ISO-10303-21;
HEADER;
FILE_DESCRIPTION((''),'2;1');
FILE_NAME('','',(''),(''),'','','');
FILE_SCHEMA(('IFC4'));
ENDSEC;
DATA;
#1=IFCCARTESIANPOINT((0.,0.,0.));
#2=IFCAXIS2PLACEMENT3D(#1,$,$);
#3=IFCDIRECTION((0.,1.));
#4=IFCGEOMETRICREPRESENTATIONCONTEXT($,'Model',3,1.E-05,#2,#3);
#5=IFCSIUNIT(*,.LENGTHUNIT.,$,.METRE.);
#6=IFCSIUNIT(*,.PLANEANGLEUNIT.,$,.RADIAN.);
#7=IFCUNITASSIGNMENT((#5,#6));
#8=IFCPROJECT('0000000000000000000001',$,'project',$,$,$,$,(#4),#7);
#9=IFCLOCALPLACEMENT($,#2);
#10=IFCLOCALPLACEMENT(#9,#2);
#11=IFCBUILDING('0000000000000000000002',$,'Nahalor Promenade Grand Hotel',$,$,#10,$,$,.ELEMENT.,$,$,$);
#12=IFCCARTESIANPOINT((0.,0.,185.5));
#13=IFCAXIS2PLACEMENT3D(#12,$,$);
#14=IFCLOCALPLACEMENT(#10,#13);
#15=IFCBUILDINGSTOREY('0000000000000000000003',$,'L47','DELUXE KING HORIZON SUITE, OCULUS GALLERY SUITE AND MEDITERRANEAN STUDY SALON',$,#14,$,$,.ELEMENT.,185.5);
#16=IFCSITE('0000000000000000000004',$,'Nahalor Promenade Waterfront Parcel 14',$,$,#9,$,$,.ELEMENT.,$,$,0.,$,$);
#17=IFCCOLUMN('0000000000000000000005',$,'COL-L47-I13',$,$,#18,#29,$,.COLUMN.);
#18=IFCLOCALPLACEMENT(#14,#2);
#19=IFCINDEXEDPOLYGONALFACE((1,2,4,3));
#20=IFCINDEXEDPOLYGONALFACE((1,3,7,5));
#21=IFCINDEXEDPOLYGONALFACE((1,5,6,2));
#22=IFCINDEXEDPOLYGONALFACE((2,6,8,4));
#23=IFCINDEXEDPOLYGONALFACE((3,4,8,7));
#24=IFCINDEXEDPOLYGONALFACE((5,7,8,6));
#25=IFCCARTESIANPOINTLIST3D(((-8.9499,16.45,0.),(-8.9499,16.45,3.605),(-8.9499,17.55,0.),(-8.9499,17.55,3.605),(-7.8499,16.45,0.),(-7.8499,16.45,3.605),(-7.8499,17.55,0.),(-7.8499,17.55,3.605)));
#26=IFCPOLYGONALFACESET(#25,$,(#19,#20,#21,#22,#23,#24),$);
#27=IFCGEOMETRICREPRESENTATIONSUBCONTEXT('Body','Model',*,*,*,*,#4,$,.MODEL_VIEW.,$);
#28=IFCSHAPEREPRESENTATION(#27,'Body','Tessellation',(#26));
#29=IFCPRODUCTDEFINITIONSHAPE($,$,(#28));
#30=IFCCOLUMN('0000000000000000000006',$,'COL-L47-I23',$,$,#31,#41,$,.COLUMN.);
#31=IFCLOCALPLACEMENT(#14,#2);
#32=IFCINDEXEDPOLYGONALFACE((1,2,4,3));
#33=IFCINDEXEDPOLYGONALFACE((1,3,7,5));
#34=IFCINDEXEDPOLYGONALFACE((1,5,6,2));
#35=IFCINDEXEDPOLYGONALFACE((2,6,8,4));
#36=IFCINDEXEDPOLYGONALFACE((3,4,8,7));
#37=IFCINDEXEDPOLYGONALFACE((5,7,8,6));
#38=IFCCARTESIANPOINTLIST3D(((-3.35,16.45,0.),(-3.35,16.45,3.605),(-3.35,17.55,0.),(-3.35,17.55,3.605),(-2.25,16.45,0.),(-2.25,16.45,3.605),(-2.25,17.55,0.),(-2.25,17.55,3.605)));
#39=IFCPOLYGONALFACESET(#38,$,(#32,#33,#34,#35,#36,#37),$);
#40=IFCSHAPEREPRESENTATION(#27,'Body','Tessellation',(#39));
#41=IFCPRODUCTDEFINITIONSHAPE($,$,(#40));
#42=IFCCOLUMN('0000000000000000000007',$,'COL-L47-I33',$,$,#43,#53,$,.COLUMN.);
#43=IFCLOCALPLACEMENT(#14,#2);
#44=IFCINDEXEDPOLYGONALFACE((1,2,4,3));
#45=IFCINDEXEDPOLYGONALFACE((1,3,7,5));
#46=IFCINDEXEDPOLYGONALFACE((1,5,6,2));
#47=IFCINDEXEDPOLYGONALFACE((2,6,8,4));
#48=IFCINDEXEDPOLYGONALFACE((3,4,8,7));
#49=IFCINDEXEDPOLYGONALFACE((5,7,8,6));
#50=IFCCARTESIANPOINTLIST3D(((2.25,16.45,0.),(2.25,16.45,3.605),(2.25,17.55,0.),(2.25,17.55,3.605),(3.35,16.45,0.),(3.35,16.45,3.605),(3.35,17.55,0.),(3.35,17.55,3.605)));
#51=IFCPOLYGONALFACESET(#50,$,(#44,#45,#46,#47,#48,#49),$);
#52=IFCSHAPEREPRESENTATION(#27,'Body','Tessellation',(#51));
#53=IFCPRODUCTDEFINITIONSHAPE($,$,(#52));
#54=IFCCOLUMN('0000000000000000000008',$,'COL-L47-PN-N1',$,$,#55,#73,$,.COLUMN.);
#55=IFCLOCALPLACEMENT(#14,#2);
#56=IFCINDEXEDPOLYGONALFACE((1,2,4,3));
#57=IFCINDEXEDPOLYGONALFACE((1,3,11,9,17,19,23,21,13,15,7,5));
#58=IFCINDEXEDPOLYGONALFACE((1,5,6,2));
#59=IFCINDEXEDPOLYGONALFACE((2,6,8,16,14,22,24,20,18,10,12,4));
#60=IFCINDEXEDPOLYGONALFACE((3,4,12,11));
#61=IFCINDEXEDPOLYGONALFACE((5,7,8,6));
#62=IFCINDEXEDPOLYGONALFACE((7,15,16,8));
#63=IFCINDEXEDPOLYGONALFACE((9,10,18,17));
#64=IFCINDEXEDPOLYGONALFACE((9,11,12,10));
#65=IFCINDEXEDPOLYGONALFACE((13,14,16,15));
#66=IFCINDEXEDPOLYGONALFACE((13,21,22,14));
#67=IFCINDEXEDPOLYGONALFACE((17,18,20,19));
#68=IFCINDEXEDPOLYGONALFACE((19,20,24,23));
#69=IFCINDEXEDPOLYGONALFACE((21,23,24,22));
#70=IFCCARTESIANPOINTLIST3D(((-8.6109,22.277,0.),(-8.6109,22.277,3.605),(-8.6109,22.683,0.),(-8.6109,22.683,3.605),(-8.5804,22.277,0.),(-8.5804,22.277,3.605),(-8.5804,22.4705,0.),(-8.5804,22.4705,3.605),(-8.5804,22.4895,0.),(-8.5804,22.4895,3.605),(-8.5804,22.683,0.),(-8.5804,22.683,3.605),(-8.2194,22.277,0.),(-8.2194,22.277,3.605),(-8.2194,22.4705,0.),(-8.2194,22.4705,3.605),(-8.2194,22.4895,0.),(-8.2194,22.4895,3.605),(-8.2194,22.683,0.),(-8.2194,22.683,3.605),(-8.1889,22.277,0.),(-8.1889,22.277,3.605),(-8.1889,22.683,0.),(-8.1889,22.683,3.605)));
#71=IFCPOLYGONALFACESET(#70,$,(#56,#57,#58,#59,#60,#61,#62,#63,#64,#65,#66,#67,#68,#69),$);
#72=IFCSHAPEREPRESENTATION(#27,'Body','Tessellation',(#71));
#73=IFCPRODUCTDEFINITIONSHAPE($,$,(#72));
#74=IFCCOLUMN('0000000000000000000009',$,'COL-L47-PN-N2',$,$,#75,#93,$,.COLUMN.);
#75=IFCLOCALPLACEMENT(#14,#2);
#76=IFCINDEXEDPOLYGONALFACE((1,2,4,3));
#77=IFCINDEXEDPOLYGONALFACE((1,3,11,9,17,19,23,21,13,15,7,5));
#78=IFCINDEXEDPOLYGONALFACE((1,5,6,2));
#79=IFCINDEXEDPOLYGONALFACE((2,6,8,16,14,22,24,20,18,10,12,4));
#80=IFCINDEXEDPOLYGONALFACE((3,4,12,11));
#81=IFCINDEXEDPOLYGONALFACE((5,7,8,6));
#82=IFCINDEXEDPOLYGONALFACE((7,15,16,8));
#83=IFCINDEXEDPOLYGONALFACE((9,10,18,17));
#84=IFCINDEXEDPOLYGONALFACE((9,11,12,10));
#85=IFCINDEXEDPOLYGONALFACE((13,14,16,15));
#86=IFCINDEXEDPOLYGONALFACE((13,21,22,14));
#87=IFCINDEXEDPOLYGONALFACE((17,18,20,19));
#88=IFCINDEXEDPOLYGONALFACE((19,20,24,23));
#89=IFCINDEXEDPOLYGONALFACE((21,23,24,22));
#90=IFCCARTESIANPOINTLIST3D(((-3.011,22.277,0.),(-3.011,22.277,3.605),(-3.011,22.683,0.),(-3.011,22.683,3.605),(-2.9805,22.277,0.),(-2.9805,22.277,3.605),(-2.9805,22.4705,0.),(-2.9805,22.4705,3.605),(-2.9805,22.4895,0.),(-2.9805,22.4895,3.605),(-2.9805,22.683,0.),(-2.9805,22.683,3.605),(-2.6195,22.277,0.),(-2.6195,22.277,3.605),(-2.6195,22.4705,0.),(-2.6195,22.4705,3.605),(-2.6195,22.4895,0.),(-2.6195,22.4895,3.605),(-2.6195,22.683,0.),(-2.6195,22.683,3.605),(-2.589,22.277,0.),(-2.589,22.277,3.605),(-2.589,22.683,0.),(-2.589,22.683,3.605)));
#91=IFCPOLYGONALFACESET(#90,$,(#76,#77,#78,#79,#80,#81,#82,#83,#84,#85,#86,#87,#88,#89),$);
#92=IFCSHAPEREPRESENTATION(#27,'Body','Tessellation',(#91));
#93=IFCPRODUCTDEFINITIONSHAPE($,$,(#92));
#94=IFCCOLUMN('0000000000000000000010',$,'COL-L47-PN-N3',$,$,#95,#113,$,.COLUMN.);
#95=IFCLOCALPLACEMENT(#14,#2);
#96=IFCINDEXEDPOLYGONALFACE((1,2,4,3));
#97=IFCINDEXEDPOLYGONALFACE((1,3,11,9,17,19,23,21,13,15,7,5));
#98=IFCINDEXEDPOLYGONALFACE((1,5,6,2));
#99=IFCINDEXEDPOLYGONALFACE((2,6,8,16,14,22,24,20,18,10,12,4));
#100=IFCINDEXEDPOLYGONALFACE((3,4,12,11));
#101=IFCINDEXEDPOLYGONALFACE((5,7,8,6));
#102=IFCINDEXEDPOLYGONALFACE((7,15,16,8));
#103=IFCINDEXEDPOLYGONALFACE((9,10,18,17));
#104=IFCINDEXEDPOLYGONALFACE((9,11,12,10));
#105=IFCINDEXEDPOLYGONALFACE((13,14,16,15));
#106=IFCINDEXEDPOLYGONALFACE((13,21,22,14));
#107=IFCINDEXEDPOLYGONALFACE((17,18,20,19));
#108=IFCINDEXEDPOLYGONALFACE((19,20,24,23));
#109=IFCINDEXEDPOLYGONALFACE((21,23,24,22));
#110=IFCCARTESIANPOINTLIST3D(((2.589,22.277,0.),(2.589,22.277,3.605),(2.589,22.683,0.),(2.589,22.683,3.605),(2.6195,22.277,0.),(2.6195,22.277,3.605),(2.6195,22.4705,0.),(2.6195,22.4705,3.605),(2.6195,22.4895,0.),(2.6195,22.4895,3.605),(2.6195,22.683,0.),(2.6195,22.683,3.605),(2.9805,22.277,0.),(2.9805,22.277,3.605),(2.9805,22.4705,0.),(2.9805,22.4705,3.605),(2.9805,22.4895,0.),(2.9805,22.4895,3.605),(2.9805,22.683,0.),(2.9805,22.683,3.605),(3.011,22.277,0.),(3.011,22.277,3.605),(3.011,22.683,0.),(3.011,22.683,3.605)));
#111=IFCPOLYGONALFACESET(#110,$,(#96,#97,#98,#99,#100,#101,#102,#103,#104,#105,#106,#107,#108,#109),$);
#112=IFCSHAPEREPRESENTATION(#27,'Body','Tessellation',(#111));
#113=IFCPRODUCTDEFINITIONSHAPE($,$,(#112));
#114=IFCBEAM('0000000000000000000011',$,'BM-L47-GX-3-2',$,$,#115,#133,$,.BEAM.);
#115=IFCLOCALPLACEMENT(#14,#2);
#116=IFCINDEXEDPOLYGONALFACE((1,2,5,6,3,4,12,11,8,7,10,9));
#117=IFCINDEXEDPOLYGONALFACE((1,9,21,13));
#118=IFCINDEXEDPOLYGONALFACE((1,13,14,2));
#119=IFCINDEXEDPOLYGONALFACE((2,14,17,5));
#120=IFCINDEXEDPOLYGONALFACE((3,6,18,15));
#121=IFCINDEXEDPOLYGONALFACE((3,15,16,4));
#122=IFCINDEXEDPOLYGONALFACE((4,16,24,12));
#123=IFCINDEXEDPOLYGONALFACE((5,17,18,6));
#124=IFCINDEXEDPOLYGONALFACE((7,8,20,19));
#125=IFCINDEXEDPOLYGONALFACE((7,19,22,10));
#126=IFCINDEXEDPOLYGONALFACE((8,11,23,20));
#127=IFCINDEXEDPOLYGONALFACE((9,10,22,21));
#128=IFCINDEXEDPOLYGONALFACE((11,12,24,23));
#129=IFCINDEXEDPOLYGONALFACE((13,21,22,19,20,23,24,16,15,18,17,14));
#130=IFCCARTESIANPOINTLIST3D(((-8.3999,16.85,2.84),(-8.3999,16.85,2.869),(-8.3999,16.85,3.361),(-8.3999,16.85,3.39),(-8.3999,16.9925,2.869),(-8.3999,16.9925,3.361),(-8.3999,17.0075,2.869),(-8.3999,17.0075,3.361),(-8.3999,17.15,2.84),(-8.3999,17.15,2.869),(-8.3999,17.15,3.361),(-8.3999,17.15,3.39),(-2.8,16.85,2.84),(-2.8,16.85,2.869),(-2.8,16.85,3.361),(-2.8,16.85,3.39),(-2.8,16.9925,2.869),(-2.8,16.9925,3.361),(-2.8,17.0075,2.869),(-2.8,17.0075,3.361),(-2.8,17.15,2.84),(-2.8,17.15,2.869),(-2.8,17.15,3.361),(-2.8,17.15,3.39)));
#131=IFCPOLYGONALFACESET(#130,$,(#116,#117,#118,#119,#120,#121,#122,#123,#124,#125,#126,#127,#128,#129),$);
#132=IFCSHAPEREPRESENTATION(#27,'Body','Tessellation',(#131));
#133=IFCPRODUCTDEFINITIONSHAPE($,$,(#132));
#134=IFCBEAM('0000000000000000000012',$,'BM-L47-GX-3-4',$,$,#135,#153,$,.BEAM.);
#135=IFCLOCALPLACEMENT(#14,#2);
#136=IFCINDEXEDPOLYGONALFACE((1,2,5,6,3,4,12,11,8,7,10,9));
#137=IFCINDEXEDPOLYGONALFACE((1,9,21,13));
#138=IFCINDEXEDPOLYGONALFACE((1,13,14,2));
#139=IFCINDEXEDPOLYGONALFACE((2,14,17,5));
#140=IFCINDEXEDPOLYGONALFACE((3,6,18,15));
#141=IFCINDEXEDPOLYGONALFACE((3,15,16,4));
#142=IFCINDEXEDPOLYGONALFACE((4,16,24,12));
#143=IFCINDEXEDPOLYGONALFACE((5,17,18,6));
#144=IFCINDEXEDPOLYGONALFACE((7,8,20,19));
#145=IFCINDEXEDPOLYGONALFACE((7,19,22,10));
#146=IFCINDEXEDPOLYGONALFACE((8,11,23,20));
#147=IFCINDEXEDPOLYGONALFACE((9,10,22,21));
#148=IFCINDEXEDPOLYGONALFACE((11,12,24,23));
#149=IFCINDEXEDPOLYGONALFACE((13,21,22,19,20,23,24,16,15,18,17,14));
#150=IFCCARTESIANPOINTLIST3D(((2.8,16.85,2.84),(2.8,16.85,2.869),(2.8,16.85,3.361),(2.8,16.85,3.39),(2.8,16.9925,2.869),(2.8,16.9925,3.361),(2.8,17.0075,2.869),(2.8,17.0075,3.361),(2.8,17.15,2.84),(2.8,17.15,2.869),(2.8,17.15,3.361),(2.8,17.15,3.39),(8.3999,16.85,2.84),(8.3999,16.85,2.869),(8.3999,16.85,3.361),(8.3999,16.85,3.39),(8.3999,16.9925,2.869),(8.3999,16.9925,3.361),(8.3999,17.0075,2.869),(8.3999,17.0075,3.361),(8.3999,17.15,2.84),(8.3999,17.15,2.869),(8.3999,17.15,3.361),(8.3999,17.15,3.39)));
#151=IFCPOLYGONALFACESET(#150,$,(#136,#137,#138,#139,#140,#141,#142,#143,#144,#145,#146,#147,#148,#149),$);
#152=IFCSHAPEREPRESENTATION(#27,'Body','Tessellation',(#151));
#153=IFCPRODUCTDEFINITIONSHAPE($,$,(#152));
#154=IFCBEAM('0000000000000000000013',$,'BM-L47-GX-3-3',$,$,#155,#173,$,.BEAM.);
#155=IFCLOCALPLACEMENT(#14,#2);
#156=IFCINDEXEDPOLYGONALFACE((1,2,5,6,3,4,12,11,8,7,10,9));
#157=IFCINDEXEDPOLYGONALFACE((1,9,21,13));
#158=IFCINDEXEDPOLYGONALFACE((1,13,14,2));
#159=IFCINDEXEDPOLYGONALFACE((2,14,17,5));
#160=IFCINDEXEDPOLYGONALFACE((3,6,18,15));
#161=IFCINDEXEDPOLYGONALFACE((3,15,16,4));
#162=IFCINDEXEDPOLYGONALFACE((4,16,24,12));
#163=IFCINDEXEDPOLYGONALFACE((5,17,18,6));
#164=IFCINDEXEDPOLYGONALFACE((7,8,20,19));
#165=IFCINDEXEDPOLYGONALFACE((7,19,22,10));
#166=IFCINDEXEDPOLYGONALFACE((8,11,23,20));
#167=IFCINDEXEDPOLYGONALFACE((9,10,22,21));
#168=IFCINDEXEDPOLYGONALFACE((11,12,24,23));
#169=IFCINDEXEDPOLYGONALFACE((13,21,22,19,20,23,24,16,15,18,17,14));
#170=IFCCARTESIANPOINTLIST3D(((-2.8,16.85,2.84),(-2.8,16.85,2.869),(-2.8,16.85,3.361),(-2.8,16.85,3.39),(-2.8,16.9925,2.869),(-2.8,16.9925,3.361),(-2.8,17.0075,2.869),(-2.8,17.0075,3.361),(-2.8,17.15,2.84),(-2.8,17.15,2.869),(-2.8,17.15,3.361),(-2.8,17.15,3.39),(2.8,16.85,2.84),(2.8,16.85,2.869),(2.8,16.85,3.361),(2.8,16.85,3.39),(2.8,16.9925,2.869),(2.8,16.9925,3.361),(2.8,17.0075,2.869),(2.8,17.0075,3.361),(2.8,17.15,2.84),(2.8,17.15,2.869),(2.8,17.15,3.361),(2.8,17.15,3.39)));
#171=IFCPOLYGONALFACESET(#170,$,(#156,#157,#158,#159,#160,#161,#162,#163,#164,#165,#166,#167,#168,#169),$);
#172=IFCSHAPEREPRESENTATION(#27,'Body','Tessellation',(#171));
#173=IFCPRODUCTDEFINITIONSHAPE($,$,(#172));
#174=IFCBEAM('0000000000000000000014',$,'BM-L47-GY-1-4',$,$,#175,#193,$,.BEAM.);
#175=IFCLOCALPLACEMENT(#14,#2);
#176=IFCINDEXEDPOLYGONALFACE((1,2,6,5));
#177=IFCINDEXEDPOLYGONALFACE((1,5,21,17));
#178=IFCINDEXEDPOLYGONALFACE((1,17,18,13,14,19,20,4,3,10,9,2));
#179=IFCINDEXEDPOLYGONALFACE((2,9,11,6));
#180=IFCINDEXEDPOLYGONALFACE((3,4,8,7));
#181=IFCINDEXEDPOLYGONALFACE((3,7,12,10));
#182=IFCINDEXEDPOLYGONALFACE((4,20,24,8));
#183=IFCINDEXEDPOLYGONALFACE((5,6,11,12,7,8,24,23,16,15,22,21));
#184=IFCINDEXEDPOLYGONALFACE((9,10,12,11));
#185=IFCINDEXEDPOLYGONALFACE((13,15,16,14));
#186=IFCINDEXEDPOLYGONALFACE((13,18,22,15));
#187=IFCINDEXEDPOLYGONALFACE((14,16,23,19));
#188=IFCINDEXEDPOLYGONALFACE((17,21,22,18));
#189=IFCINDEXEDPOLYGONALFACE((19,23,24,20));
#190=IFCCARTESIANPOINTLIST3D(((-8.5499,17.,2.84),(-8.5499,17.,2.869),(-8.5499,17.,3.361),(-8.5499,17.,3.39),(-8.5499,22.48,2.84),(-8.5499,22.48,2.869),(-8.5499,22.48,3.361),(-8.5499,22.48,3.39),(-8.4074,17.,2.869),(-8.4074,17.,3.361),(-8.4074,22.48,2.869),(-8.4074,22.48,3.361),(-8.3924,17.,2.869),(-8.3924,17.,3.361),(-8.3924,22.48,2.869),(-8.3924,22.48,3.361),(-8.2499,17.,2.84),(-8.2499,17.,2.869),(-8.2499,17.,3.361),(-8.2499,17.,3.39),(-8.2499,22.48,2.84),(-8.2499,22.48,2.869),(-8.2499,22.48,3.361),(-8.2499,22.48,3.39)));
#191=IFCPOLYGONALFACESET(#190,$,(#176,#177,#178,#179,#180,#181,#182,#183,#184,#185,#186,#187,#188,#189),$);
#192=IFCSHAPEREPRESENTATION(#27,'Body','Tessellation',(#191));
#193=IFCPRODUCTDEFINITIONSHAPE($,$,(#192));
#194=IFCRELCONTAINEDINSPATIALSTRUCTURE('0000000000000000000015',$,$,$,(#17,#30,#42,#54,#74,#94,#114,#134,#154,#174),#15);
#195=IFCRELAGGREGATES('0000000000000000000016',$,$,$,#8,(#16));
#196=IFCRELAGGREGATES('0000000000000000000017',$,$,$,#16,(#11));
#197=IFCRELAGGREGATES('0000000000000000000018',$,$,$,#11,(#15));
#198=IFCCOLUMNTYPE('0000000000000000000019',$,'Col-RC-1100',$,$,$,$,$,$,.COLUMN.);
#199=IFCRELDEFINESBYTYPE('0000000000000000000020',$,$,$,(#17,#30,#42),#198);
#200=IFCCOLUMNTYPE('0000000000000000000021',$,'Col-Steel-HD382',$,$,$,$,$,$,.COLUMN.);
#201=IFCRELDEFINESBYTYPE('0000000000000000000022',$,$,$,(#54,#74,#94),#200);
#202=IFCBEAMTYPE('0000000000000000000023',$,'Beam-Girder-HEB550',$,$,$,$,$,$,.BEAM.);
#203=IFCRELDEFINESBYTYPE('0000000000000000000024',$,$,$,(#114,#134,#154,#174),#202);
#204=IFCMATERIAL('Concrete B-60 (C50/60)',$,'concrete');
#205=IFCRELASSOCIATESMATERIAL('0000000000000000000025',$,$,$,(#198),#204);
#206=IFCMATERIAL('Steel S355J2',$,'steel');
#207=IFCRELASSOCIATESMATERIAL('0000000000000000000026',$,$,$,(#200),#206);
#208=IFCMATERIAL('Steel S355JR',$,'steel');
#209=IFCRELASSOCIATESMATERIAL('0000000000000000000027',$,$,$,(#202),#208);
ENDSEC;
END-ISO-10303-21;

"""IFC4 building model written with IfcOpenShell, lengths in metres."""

from ifc_helpers import new_model, si_unit, direction, frame, origin, origin_2d, place, context, subcontext, project, spatial, rectangle, i_section, extrude, source, transform, mapped, material, material_profile, profile_set, type_object, element, save


model = new_model("IFC4")

# Units and contexts
model_context = context("Model", 3, precision=1e-05, world=origin(), true_north=direction((0.0, 1.0)))
body_context = subcontext(model_context, "Body", "Model", "MODEL_VIEW")
ifc_project = project(units=[si_unit("LENGTHUNIT", "METRE"), si_unit("PLANEANGLEUNIT", "RADIAN")], contexts=[model_context])

# Site, building, storey
site_placement = place(None, origin())
site = spatial("IfcSite", under=ifc_project, at=site_placement, Name="Nahalor Promenade Waterfront Parcel 14", CompositionType="ELEMENT", RefElevation=0.0)
building_placement = place(site_placement, origin())
building = spatial("IfcBuilding", under=site, at=building_placement, Name="Nahalor Promenade Grand Hotel", CompositionType="ELEMENT")
storey_placement = place(building_placement, frame((0.0, 0.0, 185.5)))
storey = spatial("IfcBuildingStorey", under=building, at=storey_placement, Name="L47", Description="DELUXE KING HORIZON SUITE, OCULUS GALLERY SUITE AND MEDITERRANEAN STUDY SALON", CompositionType="ELEMENT", Elevation=185.5)

# Columns
ifc_material_1 = material(Name="Concrete B-60 (C50/60)", Category="concrete")
ifc_material_profile_1 = material_profile(ifc_material_1, rectangle(XDim=1.1, YDim=1.1, at=origin_2d()), Name="RC 1100x1100")
ifc_profile_set_1 = profile_set([ifc_material_profile_1], Name="Concrete B-60 (C50/60)")
column_type_1 = type_object("IfcColumnType", Name="Col-RC-1100", PredefinedType="COLUMN", material=ifc_profile_set_1)
shared_shape_1 = source(origin(), body_context, "Body", "SweptSolid", [
    extrude(rectangle(XDim=1.1, YDim=1.1, at=origin_2d()), origin(), (0.0, 0.0, 1.0), 3.605),
])
for number, where, z_axis, x_axis, name in (
    (1, (-8.3999, 17.0, 0.0), (0.0, 0.0, 1.0), (1.0, 0.0, 0.0), "COL-L47-I13"),
    (2, (-2.8, 17.0, 0.0), (0.0, 0.0, 1.0), (1.0, 0.0, 0.0), "COL-L47-I23"),
    (3, (2.8, 17.0, 0.0), (0.0, 0.0, 1.0), (1.0, 0.0, 0.0), "COL-L47-I33"),
):
    element("IfcColumn", number, at=place(storey_placement, frame(where, z_axis=z_axis, x_axis=x_axis)), inside=storey, type_object=column_type_1, Name=name, PredefinedType="COLUMN", context=body_context, shape_type="MappedRepresentation", body=[
        mapped(shared_shape_1, transform((0.0, 0.0, 0.0), scale=1.0)),
    ])
ifc_material_2 = material(Name="Steel S355J2", Category="steel")
ifc_material_profile_2 = material_profile(ifc_material_2, i_section(OverallWidth=0.406, OverallDepth=0.422, WebThickness=0.019, FlangeThickness=0.0305, at=origin_2d()), Name="HD 400x382")
ifc_profile_set_2 = profile_set([ifc_material_profile_2], Name="Steel S355J2")
column_type_2 = type_object("IfcColumnType", Name="Col-Steel-HD382", PredefinedType="COLUMN", material=ifc_profile_set_2)
shared_shape_2 = source(origin(), body_context, "Body", "SweptSolid", [
    extrude(i_section(OverallWidth=0.406, OverallDepth=0.422, WebThickness=0.019, FlangeThickness=0.0305, at=origin_2d()), origin(), (0.0, 0.0, 1.0), 3.605),
])
for number, where, z_axis, x_axis, name in (
    (4, (-8.3999, 22.48, 0.0), (0.0, 0.0, 1.0), (0.0, 1.0, 0.0), "COL-L47-PN-N1"),
    (5, (-2.8, 22.48, 0.0), (0.0, 0.0, 1.0), (0.0, 1.0, 0.0), "COL-L47-PN-N2"),
    (6, (2.8, 22.48, 0.0), (0.0, 0.0, 1.0), (0.0, 1.0, 0.0), "COL-L47-PN-N3"),
):
    element("IfcColumn", number, at=place(storey_placement, frame(where, z_axis=z_axis, x_axis=x_axis)), inside=storey, type_object=column_type_2, Name=name, PredefinedType="COLUMN", context=body_context, shape_type="MappedRepresentation", body=[
        mapped(shared_shape_2, transform((0.0, 0.0, 0.0), scale=1.0)),
    ])

# Beams
ifc_material_3 = material(Name="Steel S355JR", Category="steel")
ifc_material_profile_3 = material_profile(ifc_material_3, i_section(OverallWidth=0.3, OverallDepth=0.55, WebThickness=0.015, FlangeThickness=0.029, at=origin_2d()), Name="HEB 550")
ifc_profile_set_3 = profile_set([ifc_material_profile_3], Name="Steel S355JR")
beam_type_1 = type_object("IfcBeamType", Name="Beam-Girder-HEB550", PredefinedType="BEAM", material=ifc_profile_set_3)
shared_shape_3 = source(origin(), body_context, "Body", "SweptSolid", [
    extrude(i_section(OverallWidth=0.3, OverallDepth=0.55, WebThickness=0.015, FlangeThickness=0.029, at=origin_2d()), origin(), (0.0, 0.0, 1.0), 5.5999),
])
for number, where, z_axis, x_axis, name in (
    (7, (-8.3999, 17.0, 3.115), (1.0, 0.0, 0.0), (0.0, 1.0, 0.0), "BM-L47-GX-3-2"),
    (8, (2.8, 17.0, 3.115), (1.0, 0.0, 0.0), (0.0, 1.0, 0.0), "BM-L47-GX-3-4"),
):
    element("IfcBeam", number, at=place(storey_placement, frame(where, z_axis=z_axis, x_axis=x_axis)), inside=storey, type_object=beam_type_1, Name=name, PredefinedType="BEAM", context=body_context, shape_type="MappedRepresentation", body=[
        mapped(shared_shape_3, transform((0.0, 0.0, 0.0), scale=1.0)),
    ])
shared_shape_4 = source(origin(), body_context, "Body", "SweptSolid", [
    extrude(i_section(OverallWidth=0.3, OverallDepth=0.55, WebThickness=0.015, FlangeThickness=0.029, at=origin_2d()), origin(), (0.0, 0.0, 1.0), 5.6001),
])
beam_1_placement = place(storey_placement, frame((-2.8, 17.0, 3.115), z_axis=(1.0, 0.0, 0.0), x_axis=(0.0, 1.0, 0.0)))
element("IfcBeam", 9, at=beam_1_placement, inside=storey, type_object=beam_type_1, Name="BM-L47-GX-3-3", PredefinedType="BEAM", context=body_context, shape_type="MappedRepresentation", body=[
    mapped(shared_shape_4, transform((0.0, 0.0, 0.0), scale=1.0)),
])
shared_shape_5 = source(origin(), body_context, "Body", "SweptSolid", [
    extrude(i_section(OverallWidth=0.3, OverallDepth=0.55, WebThickness=0.015, FlangeThickness=0.029, at=origin_2d()), origin(), (0.0, 0.0, 1.0), 5.48),
])
for number, where, z_axis, x_axis, name in (
    (10, (-8.3999, 17.0, 3.115), (0.0, 1.0, 0.0), (-1.0, 0.0, 0.0), "BM-L47-GY-1-4"),
):
    element("IfcBeam", number, at=place(storey_placement, frame(where, z_axis=z_axis, x_axis=x_axis)), inside=storey, type_object=beam_type_1, Name=name, PredefinedType="BEAM", context=body_context, shape_type="MappedRepresentation", body=[
        mapped(shared_shape_5, transform((0.0, 0.0, 0.0), scale=1.0)),
    ])

save(model, "model.ifc")
